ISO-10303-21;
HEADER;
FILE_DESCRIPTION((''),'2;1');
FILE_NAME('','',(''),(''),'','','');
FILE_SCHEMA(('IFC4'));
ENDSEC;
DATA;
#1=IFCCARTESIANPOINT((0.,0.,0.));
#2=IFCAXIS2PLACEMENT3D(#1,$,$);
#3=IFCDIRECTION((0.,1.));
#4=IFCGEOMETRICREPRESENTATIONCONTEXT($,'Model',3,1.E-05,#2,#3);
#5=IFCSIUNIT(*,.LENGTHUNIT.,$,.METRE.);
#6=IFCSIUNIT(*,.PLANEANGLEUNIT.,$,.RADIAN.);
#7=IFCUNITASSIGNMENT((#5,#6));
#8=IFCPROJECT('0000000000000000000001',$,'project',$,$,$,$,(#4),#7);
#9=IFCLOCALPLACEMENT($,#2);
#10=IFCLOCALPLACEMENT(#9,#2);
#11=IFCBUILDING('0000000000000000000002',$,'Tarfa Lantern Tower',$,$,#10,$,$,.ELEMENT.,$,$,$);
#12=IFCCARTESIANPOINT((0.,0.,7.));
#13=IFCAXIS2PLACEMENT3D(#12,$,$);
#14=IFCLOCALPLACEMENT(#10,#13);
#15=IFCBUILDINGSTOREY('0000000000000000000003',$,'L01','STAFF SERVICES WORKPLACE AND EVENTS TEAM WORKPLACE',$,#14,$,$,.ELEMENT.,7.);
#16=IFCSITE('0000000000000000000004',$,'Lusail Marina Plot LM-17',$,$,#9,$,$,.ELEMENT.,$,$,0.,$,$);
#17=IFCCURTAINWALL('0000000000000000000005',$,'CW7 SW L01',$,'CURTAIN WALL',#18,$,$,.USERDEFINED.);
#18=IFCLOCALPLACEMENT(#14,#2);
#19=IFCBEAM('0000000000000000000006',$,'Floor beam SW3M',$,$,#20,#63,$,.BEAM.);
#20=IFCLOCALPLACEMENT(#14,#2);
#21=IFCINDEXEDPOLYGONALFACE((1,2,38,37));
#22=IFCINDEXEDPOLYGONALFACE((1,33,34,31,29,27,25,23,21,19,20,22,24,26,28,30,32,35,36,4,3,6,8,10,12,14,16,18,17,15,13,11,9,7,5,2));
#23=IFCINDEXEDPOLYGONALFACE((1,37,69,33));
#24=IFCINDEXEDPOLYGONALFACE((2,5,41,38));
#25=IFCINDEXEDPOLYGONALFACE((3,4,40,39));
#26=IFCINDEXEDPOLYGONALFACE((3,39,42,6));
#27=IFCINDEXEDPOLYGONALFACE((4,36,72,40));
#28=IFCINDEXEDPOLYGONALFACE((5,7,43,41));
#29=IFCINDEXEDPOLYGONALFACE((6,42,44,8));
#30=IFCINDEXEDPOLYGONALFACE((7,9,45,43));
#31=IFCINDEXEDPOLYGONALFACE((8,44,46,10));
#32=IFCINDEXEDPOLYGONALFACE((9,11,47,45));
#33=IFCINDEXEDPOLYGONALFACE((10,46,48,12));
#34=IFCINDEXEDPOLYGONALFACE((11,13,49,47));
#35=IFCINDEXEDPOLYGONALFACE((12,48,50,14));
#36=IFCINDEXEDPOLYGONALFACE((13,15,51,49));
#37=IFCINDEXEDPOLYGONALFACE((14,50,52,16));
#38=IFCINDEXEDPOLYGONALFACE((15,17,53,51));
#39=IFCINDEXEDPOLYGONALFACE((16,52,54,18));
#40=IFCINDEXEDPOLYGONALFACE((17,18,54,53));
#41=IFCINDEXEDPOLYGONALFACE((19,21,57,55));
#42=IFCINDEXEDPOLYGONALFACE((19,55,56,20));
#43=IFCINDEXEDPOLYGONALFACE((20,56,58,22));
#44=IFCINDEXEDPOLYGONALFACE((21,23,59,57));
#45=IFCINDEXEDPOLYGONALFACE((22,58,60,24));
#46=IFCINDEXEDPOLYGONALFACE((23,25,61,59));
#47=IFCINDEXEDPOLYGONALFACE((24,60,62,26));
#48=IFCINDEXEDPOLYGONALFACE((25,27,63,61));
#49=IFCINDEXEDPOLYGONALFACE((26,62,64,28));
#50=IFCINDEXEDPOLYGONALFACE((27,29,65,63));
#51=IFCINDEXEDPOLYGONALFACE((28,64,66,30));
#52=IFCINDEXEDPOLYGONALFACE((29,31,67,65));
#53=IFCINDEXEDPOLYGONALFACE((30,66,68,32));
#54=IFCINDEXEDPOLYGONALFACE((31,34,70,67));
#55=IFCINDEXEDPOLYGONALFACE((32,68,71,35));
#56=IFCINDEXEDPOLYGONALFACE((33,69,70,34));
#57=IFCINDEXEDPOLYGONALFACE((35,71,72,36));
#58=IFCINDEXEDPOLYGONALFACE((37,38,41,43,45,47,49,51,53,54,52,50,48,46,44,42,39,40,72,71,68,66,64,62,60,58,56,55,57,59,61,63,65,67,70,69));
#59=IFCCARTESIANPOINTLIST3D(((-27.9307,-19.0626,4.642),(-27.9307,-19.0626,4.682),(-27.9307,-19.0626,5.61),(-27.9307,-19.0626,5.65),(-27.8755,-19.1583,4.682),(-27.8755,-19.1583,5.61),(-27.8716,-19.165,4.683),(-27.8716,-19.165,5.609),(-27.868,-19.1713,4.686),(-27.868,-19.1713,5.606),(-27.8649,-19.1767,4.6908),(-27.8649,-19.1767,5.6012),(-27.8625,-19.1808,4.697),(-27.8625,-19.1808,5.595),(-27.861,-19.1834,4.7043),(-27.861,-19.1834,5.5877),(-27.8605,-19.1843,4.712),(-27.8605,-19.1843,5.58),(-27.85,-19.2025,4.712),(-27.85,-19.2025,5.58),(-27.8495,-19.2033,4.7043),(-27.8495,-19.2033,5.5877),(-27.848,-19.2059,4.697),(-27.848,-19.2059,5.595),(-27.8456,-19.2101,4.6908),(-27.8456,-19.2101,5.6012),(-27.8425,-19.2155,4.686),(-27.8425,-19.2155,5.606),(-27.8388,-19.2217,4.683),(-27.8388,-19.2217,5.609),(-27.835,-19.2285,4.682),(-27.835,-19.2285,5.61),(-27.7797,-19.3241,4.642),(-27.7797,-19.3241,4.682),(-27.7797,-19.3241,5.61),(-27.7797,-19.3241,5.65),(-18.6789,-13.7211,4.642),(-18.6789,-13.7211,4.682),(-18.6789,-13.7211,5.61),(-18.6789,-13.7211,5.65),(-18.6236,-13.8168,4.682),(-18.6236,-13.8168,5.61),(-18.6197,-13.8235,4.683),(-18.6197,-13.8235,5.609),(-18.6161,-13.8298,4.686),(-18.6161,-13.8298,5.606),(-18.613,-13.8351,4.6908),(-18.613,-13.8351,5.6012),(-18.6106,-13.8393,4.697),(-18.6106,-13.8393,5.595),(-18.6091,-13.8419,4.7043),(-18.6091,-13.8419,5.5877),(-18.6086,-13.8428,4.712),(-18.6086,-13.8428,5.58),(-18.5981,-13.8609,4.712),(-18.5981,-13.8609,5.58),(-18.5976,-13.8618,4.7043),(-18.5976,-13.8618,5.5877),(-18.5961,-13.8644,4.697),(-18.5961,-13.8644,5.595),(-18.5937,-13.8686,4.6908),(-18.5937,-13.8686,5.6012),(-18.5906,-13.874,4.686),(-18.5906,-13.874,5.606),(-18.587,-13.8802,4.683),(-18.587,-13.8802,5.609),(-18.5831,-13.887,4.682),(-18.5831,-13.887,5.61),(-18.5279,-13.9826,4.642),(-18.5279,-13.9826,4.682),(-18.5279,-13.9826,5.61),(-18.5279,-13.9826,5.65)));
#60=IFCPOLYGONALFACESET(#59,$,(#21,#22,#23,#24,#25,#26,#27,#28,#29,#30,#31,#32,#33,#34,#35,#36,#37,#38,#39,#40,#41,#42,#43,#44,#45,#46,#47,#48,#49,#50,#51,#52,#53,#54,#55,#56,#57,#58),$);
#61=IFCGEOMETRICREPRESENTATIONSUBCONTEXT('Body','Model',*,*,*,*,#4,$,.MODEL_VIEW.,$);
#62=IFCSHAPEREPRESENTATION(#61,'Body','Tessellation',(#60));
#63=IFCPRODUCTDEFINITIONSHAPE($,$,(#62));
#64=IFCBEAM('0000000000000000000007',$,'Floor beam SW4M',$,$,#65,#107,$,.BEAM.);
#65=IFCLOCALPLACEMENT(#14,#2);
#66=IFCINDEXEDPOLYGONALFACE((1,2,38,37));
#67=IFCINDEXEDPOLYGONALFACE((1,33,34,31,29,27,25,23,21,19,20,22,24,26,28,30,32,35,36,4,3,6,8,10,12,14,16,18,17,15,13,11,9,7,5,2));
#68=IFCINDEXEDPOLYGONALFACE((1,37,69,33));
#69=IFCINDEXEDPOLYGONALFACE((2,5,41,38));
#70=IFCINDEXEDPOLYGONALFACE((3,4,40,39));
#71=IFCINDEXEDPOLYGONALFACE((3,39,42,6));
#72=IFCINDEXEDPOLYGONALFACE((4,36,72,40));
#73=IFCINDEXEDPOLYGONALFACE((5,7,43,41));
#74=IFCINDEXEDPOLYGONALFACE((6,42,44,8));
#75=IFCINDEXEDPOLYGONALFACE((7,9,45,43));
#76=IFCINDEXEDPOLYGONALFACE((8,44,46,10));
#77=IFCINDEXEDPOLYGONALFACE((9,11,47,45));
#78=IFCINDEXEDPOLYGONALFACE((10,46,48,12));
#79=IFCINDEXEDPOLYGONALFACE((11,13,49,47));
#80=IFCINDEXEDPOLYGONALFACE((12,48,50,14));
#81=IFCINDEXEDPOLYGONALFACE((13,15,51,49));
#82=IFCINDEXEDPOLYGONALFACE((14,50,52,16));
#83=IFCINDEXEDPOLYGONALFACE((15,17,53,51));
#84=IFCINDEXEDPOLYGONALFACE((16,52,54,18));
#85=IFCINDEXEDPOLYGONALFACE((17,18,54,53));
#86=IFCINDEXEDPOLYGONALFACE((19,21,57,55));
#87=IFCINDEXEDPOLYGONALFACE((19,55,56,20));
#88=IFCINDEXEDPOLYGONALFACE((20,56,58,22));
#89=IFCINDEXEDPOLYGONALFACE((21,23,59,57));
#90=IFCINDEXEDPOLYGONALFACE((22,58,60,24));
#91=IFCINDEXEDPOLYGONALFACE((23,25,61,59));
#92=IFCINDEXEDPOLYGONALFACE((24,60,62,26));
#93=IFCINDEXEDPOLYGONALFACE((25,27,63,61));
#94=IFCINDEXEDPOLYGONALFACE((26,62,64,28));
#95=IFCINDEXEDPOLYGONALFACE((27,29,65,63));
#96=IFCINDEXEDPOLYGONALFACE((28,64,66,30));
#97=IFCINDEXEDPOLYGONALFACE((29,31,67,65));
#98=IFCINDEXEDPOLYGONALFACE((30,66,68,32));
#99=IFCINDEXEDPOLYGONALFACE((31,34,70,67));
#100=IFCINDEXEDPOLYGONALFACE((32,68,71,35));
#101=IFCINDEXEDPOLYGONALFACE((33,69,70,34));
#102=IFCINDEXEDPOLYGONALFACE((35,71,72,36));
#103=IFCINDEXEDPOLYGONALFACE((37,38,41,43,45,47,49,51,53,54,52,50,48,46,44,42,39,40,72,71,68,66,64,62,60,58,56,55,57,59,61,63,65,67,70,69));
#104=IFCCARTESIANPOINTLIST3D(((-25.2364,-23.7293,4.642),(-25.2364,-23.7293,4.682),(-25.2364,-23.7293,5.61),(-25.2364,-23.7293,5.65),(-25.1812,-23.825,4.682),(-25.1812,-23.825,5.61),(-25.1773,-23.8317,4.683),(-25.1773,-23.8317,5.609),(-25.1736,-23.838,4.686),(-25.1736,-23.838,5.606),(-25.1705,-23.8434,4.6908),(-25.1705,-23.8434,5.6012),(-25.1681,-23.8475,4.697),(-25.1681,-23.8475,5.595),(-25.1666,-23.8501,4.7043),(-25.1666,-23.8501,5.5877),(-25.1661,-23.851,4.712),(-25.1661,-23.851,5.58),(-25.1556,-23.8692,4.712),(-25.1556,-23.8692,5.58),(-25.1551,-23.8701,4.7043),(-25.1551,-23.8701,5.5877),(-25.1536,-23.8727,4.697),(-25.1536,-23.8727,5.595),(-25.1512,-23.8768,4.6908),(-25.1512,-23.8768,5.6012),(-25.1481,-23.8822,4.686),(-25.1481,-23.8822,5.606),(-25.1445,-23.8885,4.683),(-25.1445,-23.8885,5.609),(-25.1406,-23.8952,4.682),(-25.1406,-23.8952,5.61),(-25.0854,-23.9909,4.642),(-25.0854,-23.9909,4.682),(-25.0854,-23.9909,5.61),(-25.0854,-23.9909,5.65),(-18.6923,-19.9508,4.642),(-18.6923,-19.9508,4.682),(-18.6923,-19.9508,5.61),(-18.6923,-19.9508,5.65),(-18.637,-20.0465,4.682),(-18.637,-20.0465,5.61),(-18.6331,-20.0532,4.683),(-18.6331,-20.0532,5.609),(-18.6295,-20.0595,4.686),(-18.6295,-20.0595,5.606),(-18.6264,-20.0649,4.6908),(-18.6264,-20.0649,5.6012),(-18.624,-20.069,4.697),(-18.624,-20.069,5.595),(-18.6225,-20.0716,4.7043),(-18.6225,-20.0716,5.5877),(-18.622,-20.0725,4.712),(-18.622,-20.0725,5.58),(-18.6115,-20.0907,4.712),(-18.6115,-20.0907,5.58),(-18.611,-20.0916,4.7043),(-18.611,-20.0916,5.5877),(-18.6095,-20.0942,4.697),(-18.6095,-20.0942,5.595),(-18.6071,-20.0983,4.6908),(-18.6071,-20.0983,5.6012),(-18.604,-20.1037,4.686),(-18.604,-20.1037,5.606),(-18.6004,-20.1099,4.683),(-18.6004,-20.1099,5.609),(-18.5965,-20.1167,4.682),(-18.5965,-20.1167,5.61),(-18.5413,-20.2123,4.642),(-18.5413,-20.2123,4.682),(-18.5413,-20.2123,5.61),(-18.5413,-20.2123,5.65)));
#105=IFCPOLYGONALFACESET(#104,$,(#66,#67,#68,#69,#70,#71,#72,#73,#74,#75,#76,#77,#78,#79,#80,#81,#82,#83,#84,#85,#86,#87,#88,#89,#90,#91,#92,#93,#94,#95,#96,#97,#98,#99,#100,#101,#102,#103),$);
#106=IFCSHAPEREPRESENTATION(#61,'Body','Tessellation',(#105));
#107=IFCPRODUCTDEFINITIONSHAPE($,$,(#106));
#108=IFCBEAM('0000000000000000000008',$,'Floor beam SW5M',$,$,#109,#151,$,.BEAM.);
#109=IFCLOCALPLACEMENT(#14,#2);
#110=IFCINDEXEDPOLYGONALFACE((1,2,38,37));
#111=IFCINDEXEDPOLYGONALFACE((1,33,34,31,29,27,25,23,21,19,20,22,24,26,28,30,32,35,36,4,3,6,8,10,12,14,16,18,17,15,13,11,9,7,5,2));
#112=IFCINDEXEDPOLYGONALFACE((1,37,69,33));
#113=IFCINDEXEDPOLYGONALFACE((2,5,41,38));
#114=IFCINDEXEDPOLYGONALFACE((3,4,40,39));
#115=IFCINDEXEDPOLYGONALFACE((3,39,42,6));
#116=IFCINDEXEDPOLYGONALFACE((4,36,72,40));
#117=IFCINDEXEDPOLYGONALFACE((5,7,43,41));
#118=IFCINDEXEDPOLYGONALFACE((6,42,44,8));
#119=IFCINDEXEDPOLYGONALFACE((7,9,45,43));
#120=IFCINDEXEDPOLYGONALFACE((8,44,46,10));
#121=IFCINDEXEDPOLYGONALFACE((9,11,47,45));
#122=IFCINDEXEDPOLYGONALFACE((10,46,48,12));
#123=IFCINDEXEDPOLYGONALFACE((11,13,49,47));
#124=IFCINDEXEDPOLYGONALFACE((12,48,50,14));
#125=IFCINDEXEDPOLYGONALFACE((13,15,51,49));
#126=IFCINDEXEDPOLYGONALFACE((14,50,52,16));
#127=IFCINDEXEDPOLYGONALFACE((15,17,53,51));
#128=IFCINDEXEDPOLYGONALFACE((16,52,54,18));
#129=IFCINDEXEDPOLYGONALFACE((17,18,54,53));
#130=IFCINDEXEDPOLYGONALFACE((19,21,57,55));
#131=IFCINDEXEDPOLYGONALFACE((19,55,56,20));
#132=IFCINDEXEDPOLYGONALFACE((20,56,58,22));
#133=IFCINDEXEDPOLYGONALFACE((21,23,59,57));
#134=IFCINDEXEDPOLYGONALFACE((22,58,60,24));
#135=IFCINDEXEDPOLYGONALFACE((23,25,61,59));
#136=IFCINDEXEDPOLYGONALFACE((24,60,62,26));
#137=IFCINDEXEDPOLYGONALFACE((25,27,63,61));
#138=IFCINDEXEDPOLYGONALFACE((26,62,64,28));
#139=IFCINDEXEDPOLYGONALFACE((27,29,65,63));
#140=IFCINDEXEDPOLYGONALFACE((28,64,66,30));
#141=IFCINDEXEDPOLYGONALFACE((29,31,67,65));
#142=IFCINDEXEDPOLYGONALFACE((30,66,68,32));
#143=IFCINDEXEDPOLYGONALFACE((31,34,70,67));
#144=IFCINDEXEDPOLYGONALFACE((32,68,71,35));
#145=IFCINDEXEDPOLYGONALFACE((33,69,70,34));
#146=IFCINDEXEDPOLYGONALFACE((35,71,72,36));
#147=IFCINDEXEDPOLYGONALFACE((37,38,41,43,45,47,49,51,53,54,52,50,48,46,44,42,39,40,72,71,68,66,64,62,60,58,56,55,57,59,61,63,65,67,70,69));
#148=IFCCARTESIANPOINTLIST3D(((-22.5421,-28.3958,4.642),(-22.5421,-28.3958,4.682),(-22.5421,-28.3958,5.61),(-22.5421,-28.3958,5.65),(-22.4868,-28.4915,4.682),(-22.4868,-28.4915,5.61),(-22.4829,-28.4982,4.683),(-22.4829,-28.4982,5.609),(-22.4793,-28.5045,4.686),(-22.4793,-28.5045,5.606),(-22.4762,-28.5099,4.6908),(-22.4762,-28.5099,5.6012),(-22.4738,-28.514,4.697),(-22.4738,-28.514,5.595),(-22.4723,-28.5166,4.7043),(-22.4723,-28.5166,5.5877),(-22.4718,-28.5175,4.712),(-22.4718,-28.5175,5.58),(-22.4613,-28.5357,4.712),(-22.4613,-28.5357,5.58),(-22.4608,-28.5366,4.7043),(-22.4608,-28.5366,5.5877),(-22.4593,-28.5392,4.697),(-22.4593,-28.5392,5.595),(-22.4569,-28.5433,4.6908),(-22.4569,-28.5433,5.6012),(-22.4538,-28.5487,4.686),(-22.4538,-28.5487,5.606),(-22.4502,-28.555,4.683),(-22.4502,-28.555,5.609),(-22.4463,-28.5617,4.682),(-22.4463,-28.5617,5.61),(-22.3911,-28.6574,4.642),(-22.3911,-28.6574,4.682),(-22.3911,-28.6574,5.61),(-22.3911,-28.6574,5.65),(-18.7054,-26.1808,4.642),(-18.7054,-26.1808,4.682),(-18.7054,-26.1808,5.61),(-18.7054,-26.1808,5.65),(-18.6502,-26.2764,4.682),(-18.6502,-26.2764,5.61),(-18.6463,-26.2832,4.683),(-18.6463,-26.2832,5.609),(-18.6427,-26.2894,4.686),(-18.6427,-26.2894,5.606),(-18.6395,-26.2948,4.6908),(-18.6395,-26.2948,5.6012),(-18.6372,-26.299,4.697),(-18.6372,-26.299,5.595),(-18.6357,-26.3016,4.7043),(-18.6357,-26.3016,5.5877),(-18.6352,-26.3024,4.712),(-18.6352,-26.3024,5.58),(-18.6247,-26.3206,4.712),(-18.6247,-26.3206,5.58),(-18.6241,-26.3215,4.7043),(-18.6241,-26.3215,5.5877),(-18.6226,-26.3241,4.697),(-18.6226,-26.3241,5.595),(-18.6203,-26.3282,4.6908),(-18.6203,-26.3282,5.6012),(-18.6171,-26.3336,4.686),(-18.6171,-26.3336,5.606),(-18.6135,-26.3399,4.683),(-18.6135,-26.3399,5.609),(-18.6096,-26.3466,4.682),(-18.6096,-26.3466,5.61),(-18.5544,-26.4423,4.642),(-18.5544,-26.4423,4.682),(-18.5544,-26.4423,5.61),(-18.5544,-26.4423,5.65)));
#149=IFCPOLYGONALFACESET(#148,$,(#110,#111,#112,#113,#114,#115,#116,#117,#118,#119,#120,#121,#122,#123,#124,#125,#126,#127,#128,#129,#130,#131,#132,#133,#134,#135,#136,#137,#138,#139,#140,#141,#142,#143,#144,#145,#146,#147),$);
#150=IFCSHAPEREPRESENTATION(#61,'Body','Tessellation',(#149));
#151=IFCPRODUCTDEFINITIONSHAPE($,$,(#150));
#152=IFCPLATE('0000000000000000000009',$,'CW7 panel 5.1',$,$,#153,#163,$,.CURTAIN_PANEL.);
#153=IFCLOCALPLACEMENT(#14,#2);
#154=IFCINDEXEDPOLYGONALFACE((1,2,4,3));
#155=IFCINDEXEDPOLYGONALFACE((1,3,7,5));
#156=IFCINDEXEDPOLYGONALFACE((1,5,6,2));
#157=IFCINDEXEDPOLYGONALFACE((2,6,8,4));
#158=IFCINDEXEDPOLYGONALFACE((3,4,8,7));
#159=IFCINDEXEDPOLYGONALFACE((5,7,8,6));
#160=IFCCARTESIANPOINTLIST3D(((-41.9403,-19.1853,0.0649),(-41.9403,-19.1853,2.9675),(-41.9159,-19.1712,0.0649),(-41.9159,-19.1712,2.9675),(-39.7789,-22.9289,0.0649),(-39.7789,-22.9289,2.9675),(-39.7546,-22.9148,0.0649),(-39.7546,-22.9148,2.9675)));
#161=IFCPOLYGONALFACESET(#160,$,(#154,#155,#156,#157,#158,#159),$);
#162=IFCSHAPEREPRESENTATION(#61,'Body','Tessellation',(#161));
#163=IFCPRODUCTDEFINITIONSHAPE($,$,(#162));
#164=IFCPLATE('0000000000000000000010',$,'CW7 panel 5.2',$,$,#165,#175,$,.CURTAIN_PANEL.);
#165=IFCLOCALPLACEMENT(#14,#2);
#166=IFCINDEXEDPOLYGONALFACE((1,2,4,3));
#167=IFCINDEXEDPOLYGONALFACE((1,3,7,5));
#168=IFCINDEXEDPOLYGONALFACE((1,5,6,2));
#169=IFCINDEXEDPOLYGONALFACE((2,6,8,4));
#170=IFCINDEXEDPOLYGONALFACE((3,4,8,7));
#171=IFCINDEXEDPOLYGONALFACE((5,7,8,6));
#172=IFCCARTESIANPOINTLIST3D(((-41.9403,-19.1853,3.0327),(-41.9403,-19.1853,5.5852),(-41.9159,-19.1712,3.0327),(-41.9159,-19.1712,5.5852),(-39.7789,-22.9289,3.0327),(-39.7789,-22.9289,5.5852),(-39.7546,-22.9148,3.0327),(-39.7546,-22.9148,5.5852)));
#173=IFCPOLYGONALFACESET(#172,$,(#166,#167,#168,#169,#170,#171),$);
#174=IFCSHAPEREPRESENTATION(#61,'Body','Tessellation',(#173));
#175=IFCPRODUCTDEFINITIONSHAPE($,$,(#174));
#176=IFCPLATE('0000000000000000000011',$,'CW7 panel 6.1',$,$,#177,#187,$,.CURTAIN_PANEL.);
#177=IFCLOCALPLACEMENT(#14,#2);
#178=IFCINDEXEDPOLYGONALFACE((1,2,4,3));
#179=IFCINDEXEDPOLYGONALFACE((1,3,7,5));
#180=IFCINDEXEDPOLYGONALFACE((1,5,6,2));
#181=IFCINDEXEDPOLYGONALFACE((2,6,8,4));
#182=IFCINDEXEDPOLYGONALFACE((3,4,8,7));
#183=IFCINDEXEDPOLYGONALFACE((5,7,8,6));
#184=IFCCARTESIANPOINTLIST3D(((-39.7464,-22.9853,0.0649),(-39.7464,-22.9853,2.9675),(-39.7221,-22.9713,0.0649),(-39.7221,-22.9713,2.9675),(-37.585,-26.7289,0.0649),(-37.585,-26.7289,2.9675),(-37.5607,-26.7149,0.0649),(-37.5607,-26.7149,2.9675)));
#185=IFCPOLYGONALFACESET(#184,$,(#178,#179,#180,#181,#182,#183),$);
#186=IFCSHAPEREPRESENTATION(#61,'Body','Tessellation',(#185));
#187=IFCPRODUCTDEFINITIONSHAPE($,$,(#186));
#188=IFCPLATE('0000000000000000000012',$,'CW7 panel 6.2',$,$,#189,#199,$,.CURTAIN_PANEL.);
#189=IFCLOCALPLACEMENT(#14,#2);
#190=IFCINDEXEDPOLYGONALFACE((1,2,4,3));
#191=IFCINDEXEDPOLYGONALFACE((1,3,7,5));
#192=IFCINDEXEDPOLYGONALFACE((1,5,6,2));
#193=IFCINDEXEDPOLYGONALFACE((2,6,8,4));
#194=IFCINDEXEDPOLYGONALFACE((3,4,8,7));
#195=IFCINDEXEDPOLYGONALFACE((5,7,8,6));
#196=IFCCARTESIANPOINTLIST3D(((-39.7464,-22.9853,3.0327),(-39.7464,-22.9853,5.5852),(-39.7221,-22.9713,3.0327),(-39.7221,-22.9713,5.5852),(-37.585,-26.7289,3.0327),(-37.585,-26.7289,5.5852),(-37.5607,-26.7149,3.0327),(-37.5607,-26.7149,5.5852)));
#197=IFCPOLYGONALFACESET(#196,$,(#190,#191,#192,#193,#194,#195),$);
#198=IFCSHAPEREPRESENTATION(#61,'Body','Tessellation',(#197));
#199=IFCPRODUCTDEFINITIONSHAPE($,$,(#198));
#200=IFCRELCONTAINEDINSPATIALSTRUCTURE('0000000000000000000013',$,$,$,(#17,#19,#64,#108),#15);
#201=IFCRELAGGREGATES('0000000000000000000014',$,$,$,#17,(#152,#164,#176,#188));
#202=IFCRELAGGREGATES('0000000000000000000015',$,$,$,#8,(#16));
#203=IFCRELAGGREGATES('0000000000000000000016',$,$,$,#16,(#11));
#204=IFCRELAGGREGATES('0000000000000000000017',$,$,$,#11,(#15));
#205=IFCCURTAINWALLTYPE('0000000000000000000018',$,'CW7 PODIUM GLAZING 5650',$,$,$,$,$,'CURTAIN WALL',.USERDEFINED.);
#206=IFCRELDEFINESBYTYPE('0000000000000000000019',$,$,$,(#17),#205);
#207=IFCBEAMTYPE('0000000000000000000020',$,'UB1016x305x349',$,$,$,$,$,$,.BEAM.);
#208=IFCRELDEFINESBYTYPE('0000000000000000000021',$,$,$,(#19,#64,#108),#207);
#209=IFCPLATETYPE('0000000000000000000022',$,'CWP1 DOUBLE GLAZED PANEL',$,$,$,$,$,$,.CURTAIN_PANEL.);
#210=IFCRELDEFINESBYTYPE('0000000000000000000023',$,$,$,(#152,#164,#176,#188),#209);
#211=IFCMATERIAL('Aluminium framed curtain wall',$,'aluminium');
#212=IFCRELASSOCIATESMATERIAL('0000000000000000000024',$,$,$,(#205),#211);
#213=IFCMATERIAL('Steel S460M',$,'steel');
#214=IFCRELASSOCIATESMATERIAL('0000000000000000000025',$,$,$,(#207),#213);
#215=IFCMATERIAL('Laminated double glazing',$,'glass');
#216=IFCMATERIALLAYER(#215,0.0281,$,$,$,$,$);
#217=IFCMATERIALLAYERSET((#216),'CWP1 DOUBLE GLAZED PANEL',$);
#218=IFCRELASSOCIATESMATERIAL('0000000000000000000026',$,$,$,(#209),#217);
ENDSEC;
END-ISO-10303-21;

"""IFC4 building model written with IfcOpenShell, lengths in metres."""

from ifc_helpers import new_model, si_unit, direction, frame, origin, origin_2d, place, context, subcontext, project, spatial, rectangle, i_section, extrude, material, layer, layer_set, material_profile, profile_set, type_object, element, aggregate, save


model = new_model("IFC4")

# Units and contexts
model_context = context("Model", 3, precision=1e-05, world=origin(), true_north=direction((0.0, 1.0)))
body_context = subcontext(model_context, "Body", "Model", "MODEL_VIEW")
ifc_project = project(units=[si_unit("LENGTHUNIT", "METRE"), si_unit("PLANEANGLEUNIT", "RADIAN")], contexts=[model_context])

# Site, building, storey
site_placement = place(None, origin())
site = spatial("IfcSite", under=ifc_project, at=site_placement, Name="Lusail Marina Plot LM-17", CompositionType="ELEMENT", RefElevation=0.0)
building_placement = place(site_placement, origin())
building = spatial("IfcBuilding", under=site, at=building_placement, Name="Tarfa Lantern Tower", CompositionType="ELEMENT")
storey_placement = place(building_placement, frame((0.0, 0.0, 7.0)))
storey = spatial("IfcBuildingStorey", under=building, at=storey_placement, Name="L01", Description="STAFF SERVICES WORKPLACE AND EVENTS TEAM WORKPLACE", CompositionType="ELEMENT", Elevation=7.0)

# Curtain wall
ifc_material_1 = material(Name="Aluminium framed curtain wall", Category="aluminium")
curtain_wall_type = type_object("IfcCurtainWallType", Name="CW7 PODIUM GLAZING 5650", ElementType="CURTAIN WALL", PredefinedType="USERDEFINED", material=ifc_material_1)
curtain_wall_1_placement = place(storey_placement, origin())
curtain_wall_1 = element("IfcCurtainWall", 1, at=curtain_wall_1_placement, inside=storey, type_object=curtain_wall_type, Name="CW7 SW L01", ObjectType="CURTAIN WALL", PredefinedType="USERDEFINED")

# Beams
ifc_material_2 = material(Name="Steel S460M", Category="steel")
ifc_material_profile_1 = material_profile(ifc_material_2, i_section(OverallWidth=0.302, OverallDepth=1.0081, WebThickness=0.021, FlangeThickness=0.04, FilletRadius=0.03, at=origin_2d()), Name="UB1016x305x349")
ifc_profile_set_1 = profile_set([ifc_material_profile_1], Name="Steel S460M")
beam_type_1 = type_object("IfcBeamType", Name="UB1016x305x349", PredefinedType="BEAM", material=ifc_profile_set_1)
beam_1_placement = place(storey_placement, frame((-27.8552, -19.1934, 5.146), z_axis=(0.866028, 0.499995, 0.0), x_axis=(-0.499995, 0.866028, 0.0)))
element("IfcBeam", 2, at=beam_1_placement, inside=storey, type_object=beam_type_1, Name="Floor beam SW3M", PredefinedType="BEAM", context=body_context, shape_type="SweptSolid", body=[
    extrude(i_section(OverallWidth=0.302, OverallDepth=1.0081, WebThickness=0.021, FlangeThickness=0.04, FilletRadius=0.03, at=origin_2d()), origin(), (0.0, 0.0, 1.0), 10.6831),
])
beam_2_placement = place(storey_placement, frame((-25.1609, -23.8601, 5.146), z_axis=(0.86601, 0.500027, 0.0), x_axis=(-0.500027, 0.86601, 0.0)))
element("IfcBeam", 3, at=beam_2_placement, inside=storey, type_object=beam_type_1, Name="Floor beam SW4M", PredefinedType="BEAM", context=body_context, shape_type="SweptSolid", body=[
    extrude(i_section(OverallWidth=0.302, OverallDepth=1.0081, WebThickness=0.021, FlangeThickness=0.04, FilletRadius=0.03, at=origin_2d()), origin(), (0.0, 0.0, 1.0), 7.5566),
])
beam_3_placement = place(storey_placement, frame((-22.4666, -28.5266, 5.146), z_axis=(0.866027, 0.499998, 0.0), x_axis=(-0.499998, 0.866027, 0.0)))
element("IfcBeam", 4, at=beam_3_placement, inside=storey, type_object=beam_type_1, Name="Floor beam SW5M", PredefinedType="BEAM", context=body_context, shape_type="SweptSolid", body=[
    extrude(i_section(OverallWidth=0.302, OverallDepth=1.0081, WebThickness=0.021, FlangeThickness=0.04, FilletRadius=0.03, at=origin_2d()), origin(), (0.0, 0.0, 1.0), 4.4302),
])

# Plates
ifc_material_3 = material(Name="Laminated double glazing", Category="glass")
ifc_layer = layer(ifc_material_3, 0.0281)
ifc_layer_set = layer_set([ifc_layer], Name="CWP1 DOUBLE GLAZED PANEL")
plate_type = type_object("IfcPlateType", Name="CWP1 DOUBLE GLAZED PANEL", PredefinedType="CURTAIN_PANEL", material=ifc_layer_set)
plate_1_placement = place(storey_placement, frame((-40.8474, -21.05, 0.0649), z_axis=(0.0, 0.0, 1.0), x_axis=(0.5, -0.866025, 0.0)))
plate_1 = element("IfcPlate", 5, at=plate_1_placement, type_object=plate_type, Name="CW7 panel 5.1", PredefinedType="CURTAIN_PANEL", context=body_context, shape_type="SweptSolid", body=[
    extrude(rectangle(XDim=4.3228, YDim=0.0281, at=origin_2d()), origin(), (0.0, 0.0, 1.0), 2.9026),
])
plate_2_placement = place(storey_placement, frame((-40.8474, -21.05, 3.0327), z_axis=(0.0, 0.0, 1.0), x_axis=(0.5, -0.866025, 0.0)))
plate_2 = element("IfcPlate", 6, at=plate_2_placement, type_object=plate_type, Name="CW7 panel 5.2", PredefinedType="CURTAIN_PANEL", context=body_context, shape_type="SweptSolid", body=[
    extrude(rectangle(XDim=4.3228, YDim=0.0281, at=origin_2d()), origin(), (0.0, 0.0, 1.0), 2.5525),
])
plate_3_placement = place(storey_placement, frame((-38.6536, -24.8501, 0.0649), z_axis=(0.0, 0.0, 1.0), x_axis=(0.5, -0.866025, 0.0)))
plate_3 = element("IfcPlate", 7, at=plate_3_placement, type_object=plate_type, Name="CW7 panel 6.1", PredefinedType="CURTAIN_PANEL", context=body_context, shape_type="SweptSolid", body=[
    extrude(rectangle(XDim=4.3228, YDim=0.0281, at=origin_2d()), origin(), (0.0, 0.0, 1.0), 2.9026),
])
plate_4_placement = place(storey_placement, frame((-38.6536, -24.8501, 3.0327), z_axis=(0.0, 0.0, 1.0), x_axis=(0.5, -0.866025, 0.0)))
plate_4 = element("IfcPlate", 8, at=plate_4_placement, type_object=plate_type, Name="CW7 panel 6.2", PredefinedType="CURTAIN_PANEL", context=body_context, shape_type="SweptSolid", body=[
    extrude(rectangle(XDim=4.3228, YDim=0.0281, at=origin_2d()), origin(), (0.0, 0.0, 1.0), 2.5525),
])
aggregate(curtain_wall_1, [plate_1, plate_2, plate_3, plate_4])

save(model, "model.ifc")
